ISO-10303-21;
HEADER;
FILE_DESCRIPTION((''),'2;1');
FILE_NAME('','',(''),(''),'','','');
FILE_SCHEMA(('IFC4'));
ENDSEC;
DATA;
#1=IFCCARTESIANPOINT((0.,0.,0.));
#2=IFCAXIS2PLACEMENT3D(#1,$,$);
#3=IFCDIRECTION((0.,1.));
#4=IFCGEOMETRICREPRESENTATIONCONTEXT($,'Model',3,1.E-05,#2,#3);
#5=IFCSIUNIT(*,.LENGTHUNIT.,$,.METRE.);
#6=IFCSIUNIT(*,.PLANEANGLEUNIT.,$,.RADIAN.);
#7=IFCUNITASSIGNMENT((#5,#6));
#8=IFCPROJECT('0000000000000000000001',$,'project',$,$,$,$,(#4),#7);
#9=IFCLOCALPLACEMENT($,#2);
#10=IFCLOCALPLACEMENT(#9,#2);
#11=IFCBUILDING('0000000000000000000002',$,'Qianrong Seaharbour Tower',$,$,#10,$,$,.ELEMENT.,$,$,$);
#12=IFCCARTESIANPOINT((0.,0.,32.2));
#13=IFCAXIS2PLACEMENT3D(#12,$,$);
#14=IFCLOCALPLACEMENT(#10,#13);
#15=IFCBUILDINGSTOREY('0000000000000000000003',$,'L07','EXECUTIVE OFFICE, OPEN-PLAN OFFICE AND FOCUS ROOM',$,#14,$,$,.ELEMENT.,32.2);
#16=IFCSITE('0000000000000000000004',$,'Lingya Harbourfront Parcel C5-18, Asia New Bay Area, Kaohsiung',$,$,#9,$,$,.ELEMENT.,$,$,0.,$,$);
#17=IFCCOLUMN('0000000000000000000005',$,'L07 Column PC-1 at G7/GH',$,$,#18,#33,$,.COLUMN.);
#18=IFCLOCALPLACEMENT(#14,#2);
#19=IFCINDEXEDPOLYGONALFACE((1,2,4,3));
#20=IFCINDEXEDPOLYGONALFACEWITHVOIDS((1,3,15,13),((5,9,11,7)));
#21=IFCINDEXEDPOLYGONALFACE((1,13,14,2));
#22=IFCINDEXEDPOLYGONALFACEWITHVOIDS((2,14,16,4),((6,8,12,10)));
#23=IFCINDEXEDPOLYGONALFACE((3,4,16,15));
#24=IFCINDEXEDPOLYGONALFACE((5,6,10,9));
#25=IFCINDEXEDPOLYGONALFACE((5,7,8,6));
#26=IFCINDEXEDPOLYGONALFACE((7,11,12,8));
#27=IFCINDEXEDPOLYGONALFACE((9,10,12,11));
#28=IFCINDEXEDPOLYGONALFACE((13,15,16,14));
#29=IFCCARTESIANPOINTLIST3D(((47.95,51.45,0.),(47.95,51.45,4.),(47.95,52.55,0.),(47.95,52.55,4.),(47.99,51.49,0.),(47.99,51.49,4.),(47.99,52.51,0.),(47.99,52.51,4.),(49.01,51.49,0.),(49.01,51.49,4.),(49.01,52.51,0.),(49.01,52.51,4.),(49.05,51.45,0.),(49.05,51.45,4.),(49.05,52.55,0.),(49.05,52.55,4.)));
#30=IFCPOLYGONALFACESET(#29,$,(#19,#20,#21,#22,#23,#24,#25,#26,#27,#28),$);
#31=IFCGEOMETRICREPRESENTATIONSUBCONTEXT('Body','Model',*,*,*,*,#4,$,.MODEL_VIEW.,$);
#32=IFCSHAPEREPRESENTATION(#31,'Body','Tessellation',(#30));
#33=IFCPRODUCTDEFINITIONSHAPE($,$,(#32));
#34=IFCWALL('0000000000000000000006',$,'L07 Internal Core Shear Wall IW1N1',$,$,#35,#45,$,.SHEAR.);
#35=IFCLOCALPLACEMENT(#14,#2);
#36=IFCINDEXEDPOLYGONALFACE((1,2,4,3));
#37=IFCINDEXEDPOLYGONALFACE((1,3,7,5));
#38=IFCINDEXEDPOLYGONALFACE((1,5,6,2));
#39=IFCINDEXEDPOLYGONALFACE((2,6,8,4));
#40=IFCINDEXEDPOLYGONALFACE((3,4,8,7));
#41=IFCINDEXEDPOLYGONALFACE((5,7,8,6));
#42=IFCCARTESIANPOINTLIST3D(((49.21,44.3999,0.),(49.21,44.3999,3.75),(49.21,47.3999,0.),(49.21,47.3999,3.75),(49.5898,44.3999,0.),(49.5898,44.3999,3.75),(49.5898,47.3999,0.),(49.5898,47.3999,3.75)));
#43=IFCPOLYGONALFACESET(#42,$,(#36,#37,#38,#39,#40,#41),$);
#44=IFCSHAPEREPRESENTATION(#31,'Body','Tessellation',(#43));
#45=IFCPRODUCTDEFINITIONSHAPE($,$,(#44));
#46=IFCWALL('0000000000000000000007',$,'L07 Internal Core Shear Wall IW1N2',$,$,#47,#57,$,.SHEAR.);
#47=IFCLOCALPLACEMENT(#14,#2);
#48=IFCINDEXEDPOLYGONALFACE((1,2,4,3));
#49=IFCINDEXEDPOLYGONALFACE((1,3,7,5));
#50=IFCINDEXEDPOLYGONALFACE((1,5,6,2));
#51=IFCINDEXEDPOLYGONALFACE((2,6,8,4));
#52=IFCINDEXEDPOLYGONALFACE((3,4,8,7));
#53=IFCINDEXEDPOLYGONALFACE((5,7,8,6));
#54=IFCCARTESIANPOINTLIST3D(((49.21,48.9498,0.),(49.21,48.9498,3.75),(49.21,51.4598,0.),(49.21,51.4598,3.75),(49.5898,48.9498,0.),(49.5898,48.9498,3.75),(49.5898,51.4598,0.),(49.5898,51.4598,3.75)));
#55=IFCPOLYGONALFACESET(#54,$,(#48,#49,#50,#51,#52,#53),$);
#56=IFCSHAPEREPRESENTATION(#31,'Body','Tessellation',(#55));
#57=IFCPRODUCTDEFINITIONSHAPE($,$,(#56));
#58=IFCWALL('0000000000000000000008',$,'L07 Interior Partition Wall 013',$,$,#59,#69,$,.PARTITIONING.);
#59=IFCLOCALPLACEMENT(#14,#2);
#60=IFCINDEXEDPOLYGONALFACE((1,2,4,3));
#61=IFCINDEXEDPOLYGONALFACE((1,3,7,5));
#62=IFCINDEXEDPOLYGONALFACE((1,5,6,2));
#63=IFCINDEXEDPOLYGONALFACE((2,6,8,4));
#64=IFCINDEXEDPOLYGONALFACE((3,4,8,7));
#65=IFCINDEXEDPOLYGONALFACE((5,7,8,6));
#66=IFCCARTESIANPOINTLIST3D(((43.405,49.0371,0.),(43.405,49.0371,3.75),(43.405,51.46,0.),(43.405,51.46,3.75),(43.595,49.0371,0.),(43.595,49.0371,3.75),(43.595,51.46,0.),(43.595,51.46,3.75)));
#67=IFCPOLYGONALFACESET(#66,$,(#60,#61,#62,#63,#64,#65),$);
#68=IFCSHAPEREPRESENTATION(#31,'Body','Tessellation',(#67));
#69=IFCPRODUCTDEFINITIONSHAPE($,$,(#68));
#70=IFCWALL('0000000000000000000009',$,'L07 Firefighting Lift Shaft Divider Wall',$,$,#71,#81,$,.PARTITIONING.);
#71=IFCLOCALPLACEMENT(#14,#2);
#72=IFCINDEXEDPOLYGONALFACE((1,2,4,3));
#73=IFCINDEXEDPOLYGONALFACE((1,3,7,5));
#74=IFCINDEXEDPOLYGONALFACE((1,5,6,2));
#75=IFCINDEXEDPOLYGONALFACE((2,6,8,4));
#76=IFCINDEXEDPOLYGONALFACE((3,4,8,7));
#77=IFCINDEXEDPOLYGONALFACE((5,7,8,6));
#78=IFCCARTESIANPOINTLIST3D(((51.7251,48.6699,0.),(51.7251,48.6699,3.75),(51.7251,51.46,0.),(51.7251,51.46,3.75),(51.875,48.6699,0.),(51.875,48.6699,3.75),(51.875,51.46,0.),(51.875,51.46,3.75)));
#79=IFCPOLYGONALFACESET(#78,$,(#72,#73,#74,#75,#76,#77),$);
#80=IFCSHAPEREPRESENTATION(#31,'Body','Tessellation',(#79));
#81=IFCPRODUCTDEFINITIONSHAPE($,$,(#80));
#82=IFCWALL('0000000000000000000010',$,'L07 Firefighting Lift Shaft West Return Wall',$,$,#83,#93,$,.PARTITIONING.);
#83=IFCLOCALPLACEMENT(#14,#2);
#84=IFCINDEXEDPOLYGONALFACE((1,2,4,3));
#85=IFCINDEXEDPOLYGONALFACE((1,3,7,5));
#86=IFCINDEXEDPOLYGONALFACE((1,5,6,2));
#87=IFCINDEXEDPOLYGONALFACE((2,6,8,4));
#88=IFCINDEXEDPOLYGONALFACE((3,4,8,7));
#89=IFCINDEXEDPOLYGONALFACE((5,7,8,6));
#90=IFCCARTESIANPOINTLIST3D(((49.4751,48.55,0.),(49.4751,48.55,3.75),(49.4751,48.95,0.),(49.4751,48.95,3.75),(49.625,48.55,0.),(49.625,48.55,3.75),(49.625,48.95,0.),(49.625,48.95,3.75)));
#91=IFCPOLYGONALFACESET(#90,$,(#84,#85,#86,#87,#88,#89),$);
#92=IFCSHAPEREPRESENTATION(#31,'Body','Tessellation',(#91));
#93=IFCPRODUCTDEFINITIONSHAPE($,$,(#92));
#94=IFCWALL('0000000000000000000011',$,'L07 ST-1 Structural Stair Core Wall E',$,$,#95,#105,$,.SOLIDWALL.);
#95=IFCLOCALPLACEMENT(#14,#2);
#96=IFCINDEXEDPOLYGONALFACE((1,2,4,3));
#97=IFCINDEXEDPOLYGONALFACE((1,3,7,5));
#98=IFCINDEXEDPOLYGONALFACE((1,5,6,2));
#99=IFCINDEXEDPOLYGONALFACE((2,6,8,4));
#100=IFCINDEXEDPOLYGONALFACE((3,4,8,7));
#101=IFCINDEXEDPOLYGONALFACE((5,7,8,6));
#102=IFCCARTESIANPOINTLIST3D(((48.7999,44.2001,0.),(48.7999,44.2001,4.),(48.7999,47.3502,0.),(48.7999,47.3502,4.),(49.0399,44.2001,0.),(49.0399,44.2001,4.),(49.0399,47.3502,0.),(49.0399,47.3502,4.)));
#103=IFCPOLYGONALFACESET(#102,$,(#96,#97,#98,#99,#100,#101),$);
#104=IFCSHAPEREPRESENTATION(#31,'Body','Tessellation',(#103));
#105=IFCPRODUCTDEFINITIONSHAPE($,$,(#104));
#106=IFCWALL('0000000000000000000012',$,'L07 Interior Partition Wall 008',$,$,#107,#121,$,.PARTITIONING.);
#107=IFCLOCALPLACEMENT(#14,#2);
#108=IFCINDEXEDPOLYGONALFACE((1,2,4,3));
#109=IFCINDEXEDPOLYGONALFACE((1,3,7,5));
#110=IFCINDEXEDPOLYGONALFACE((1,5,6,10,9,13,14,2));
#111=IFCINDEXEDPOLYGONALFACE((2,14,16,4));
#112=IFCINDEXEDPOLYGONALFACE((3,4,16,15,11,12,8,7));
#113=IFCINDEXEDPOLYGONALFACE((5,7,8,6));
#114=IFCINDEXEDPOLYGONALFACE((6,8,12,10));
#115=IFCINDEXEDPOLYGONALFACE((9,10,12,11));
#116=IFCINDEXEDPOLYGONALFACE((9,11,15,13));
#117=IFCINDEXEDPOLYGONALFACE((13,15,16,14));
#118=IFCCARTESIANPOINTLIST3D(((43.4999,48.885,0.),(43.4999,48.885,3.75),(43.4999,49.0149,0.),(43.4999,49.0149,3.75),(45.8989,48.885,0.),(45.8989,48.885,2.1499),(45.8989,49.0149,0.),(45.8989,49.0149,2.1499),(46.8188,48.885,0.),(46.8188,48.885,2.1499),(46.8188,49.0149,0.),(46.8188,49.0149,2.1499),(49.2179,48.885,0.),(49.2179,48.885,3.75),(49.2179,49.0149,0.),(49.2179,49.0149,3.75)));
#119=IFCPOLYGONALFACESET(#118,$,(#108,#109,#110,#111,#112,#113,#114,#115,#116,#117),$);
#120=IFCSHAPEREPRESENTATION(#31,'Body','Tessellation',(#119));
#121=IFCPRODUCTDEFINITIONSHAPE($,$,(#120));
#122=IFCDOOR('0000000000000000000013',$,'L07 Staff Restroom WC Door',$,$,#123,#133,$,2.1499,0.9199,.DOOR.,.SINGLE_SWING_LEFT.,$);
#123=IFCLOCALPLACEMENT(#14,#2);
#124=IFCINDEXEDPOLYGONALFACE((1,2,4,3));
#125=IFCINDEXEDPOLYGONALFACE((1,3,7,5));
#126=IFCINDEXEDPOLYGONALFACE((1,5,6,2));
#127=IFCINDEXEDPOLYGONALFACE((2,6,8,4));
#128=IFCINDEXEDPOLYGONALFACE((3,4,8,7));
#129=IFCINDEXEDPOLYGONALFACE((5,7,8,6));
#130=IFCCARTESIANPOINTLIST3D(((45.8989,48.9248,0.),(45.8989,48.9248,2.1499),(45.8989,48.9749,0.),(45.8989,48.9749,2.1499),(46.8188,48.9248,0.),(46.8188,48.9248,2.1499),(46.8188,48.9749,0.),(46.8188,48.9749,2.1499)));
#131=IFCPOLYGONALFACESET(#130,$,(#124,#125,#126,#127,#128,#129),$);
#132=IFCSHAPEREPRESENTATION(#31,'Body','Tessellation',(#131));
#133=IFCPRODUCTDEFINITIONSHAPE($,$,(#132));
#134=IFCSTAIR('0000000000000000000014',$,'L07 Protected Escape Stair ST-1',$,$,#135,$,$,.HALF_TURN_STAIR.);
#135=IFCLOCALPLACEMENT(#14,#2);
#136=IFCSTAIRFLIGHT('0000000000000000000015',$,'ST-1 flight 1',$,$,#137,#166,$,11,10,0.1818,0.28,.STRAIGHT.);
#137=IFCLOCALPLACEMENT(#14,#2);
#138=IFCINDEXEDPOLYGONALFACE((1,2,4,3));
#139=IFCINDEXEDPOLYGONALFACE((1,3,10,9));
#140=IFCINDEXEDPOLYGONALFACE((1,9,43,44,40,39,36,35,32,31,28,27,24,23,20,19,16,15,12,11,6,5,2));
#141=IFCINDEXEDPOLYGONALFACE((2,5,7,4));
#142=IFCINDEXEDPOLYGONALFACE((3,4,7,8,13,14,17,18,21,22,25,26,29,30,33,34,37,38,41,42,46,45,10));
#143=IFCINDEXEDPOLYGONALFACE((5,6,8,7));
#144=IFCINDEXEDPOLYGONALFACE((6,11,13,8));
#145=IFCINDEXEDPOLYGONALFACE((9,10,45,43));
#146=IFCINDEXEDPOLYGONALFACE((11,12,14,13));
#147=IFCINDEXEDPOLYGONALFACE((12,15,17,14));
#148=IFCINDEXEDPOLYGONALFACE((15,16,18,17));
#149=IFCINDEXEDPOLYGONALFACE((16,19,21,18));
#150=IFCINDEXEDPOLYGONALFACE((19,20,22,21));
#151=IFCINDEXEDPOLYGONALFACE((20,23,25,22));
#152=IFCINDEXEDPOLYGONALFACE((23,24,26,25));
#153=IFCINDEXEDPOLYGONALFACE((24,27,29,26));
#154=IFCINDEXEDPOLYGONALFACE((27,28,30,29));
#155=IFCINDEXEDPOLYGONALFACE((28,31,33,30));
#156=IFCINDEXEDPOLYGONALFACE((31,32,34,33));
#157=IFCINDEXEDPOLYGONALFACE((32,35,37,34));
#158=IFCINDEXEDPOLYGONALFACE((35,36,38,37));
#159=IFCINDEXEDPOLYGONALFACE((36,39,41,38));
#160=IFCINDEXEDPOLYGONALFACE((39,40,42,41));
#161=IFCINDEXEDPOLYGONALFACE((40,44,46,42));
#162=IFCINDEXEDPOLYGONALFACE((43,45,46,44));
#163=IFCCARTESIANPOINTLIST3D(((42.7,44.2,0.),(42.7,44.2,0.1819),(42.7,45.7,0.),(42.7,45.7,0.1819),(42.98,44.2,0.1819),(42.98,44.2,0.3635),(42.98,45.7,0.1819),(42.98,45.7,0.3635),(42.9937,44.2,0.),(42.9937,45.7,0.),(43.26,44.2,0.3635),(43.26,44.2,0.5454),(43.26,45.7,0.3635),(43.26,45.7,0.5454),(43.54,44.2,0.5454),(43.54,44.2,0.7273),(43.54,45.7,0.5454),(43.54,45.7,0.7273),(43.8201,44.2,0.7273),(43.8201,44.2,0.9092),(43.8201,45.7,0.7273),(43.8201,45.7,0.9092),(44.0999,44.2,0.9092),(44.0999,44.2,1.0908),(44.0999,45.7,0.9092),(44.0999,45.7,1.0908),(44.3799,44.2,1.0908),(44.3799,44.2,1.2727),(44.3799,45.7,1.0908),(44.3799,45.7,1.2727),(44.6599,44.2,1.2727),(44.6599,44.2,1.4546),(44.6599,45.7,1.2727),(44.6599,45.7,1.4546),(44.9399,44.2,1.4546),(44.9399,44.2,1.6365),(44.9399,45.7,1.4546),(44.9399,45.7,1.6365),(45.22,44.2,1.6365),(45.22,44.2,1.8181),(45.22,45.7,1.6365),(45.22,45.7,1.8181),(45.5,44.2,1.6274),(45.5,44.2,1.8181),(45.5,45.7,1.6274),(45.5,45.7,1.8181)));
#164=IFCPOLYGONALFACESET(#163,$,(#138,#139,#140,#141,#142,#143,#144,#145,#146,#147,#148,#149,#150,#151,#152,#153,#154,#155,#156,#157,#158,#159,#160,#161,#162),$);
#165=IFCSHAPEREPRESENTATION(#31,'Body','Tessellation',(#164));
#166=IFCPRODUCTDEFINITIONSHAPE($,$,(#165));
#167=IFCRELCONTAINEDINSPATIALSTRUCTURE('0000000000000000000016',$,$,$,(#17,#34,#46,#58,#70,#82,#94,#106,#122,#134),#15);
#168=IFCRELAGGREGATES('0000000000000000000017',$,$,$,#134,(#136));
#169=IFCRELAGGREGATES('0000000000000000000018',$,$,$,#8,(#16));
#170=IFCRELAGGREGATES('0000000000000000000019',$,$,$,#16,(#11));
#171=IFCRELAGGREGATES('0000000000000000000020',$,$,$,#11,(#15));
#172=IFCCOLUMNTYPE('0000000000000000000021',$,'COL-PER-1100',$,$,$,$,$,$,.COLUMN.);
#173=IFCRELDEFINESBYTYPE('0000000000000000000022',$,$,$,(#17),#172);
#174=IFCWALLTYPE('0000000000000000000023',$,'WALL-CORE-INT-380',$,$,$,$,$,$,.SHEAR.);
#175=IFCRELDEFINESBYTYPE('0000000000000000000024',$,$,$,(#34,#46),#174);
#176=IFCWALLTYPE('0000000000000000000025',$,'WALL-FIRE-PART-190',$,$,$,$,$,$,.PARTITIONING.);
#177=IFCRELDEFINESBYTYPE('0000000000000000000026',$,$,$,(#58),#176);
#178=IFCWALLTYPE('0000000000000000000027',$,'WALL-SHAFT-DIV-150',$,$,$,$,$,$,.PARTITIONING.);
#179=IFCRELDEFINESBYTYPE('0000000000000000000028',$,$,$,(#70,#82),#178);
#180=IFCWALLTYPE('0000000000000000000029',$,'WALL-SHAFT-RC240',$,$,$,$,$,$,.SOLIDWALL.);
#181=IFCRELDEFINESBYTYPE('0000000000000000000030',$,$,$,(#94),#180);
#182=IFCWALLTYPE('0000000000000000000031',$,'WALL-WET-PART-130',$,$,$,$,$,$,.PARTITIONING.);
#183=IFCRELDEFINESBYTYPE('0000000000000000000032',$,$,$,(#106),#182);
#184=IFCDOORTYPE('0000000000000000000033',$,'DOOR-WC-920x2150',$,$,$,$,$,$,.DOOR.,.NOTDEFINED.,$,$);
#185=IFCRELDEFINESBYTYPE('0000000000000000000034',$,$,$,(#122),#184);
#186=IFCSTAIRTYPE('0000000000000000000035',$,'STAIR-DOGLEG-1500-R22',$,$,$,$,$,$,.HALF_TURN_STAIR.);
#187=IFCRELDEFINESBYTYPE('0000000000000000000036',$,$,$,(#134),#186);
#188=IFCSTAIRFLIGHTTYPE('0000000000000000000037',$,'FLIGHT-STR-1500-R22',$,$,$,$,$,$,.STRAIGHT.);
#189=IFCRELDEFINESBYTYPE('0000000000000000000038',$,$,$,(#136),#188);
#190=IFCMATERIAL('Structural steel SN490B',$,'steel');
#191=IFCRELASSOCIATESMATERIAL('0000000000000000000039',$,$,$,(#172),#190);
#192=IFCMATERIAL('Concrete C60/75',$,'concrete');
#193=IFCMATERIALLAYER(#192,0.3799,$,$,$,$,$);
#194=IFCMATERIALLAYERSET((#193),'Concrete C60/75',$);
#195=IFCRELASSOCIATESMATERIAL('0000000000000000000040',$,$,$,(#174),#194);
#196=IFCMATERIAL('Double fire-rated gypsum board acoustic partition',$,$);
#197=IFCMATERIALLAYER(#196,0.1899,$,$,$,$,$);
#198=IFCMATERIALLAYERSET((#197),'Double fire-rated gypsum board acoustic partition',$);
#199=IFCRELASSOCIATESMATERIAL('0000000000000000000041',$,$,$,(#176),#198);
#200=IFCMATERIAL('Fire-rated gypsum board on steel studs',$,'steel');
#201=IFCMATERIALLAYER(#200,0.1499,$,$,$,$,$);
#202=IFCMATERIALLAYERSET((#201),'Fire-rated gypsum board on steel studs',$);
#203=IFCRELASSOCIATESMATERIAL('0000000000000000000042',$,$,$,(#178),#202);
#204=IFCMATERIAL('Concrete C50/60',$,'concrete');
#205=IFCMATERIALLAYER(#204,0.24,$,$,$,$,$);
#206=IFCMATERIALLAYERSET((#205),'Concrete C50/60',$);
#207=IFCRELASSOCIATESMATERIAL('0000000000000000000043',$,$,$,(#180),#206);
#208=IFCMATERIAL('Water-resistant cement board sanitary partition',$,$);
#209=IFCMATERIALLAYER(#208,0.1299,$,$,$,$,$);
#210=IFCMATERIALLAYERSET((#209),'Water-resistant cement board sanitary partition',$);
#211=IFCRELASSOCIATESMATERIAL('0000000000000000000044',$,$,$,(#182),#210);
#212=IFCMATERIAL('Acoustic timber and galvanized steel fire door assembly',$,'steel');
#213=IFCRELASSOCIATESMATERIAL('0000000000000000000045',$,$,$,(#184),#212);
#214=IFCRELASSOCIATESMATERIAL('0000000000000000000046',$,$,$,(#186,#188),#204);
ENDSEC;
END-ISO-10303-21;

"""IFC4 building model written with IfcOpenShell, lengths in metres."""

from ifc_helpers import new_model, si_unit, direction, frame, frame_2d, origin, origin_2d, place, context, subcontext, project, spatial, polyline, rectangle, hollow_rectangle, outline, extrude, material, layer, layer_set, material_profile, profile_set, type_object, element, fill, aggregate, save


model = new_model("IFC4")

# Units and contexts
model_context = context("Model", 3, precision=1e-05, world=origin(), true_north=direction((0.0, 1.0)))
body_context = subcontext(model_context, "Body", "Model", "MODEL_VIEW")
ifc_project = project(units=[si_unit("LENGTHUNIT", "METRE"), si_unit("PLANEANGLEUNIT", "RADIAN")], contexts=[model_context])

# Site, building, storey
site_placement = place(None, origin())
site = spatial("IfcSite", under=ifc_project, at=site_placement, Name="Lingya Harbourfront Parcel C5-18, Asia New Bay Area, Kaohsiung", CompositionType="ELEMENT", RefElevation=0.0)
building_placement = place(site_placement, origin())
building = spatial("IfcBuilding", under=site, at=building_placement, Name="Qianrong Seaharbour Tower", CompositionType="ELEMENT")
storey_placement = place(building_placement, frame((0.0, 0.0, 32.2)))
storey = spatial("IfcBuildingStorey", under=building, at=storey_placement, Name="L07", Description="EXECUTIVE OFFICE, OPEN-PLAN OFFICE AND FOCUS ROOM", CompositionType="ELEMENT", Elevation=32.2)

# Column
ifc_material_1 = material(Name="Structural steel SN490B", Category="steel")
ifc_material_profile = material_profile(ifc_material_1, hollow_rectangle(XDim=1.1001, YDim=1.1001, WallThickness=0.04, at=origin_2d()), Name="BOX1100x1100x40")
ifc_profile_set = profile_set([ifc_material_profile], Name="Structural steel SN490B")
column_type = type_object("IfcColumnType", Name="COL-PER-1100", PredefinedType="COLUMN", material=ifc_profile_set)
column_placement = place(storey_placement, frame((48.5, 52.0, 0.0), z_axis=(0.0, 0.0, 1.0), x_axis=(1.0, 0.0, 0.0)))
element("IfcColumn", 1, at=column_placement, inside=storey, type_object=column_type, Name="L07 Column PC-1 at G7/GH", PredefinedType="COLUMN", context=body_context, shape_type="SweptSolid", body=[
    extrude(hollow_rectangle(XDim=1.1001, YDim=1.1001, WallThickness=0.04, at=origin_2d()), origin(), (0.0, 0.0, 1.0), 4.0),
])

# Walls
ifc_material_2 = material(Name="Concrete C60/75", Category="concrete")
ifc_layer_1 = layer(ifc_material_2, 0.3799)
ifc_layer_set_1 = layer_set([ifc_layer_1], Name="Concrete C60/75")
wall_type_1 = type_object("IfcWallType", Name="WALL-CORE-INT-380", PredefinedType="SHEAR", material=ifc_layer_set_1)
wall_1_placement = place(storey_placement, frame((49.3999, 44.3999, 0.0), z_axis=(0.0, 0.0, 1.0), x_axis=(0.0, 1.0, 0.0)))
element("IfcWall", 2, at=wall_1_placement, inside=storey, type_object=wall_type_1, Name="L07 Internal Core Shear Wall IW1N1", PredefinedType="SHEAR", context=body_context, shape_type="SweptSolid", body=[
    extrude(rectangle(XDim=3.0, YDim=0.3799, at=frame_2d((1.5, 0.0))), origin(), (0.0, 0.0, 1.0), 3.75),
])
wall_2_placement = place(storey_placement, frame((49.3999, 48.95, 0.0), z_axis=(0.0, 0.0, 1.0), x_axis=(0.0, 1.0, 0.0)))
element("IfcWall", 3, at=wall_2_placement, inside=storey, type_object=wall_type_1, Name="L07 Internal Core Shear Wall IW1N2", PredefinedType="SHEAR", context=body_context, shape_type="SweptSolid", body=[
    extrude(rectangle(XDim=2.51, YDim=0.3799, at=frame_2d((1.2549, 0.0))), origin(), (0.0, 0.0, 1.0), 3.75),
])
ifc_material_3 = material(Name="Double fire-rated gypsum board acoustic partition")
ifc_layer_2 = layer(ifc_material_3, 0.1899)
ifc_layer_set_2 = layer_set([ifc_layer_2], Name="Double fire-rated gypsum board acoustic partition")
wall_type_2 = type_object("IfcWallType", Name="WALL-FIRE-PART-190", PredefinedType="PARTITIONING", material=ifc_layer_set_2)
wall_3_placement = place(storey_placement, frame((43.5, 51.46, 0.0), z_axis=(0.0, 0.0, 1.0), x_axis=(0.0, -1.0, 0.0)))
element("IfcWall", 4, at=wall_3_placement, inside=storey, type_object=wall_type_2, Name="L07 Interior Partition Wall 013", PredefinedType="PARTITIONING", context=body_context, shape_type="SweptSolid", body=[
    extrude(rectangle(XDim=2.4229, YDim=0.1899, at=frame_2d((1.2114, 0.0))), origin(), (0.0, 0.0, 1.0), 3.75),
])
ifc_material_4 = material(Name="Fire-rated gypsum board on steel studs", Category="steel")
ifc_layer_3 = layer(ifc_material_4, 0.1499)
ifc_layer_set_3 = layer_set([ifc_layer_3], Name="Fire-rated gypsum board on steel studs")
wall_type_3 = type_object("IfcWallType", Name="WALL-SHAFT-DIV-150", PredefinedType="PARTITIONING", material=ifc_layer_set_3)
wall_4_placement = place(storey_placement, frame((51.8, 48.6699, 0.0), z_axis=(0.0, 0.0, 1.0), x_axis=(0.0, 1.0, 0.0)))
element("IfcWall", 5, at=wall_4_placement, inside=storey, type_object=wall_type_3, Name="L07 Firefighting Lift Shaft Divider Wall", PredefinedType="PARTITIONING", context=body_context, shape_type="SweptSolid", body=[
    extrude(rectangle(XDim=2.79, YDim=0.1499, at=frame_2d((1.395, 0.0))), origin(), (0.0, 0.0, 1.0), 3.75),
])
wall_5_placement = place(storey_placement, frame((49.55, 48.55, 0.0), z_axis=(0.0, 0.0, 1.0), x_axis=(0.0, 1.0, 0.0)))
element("IfcWall", 6, at=wall_5_placement, inside=storey, type_object=wall_type_3, Name="L07 Firefighting Lift Shaft West Return Wall", PredefinedType="PARTITIONING", context=body_context, shape_type="SweptSolid", body=[
    extrude(rectangle(XDim=0.3999, YDim=0.1499, at=frame_2d((0.2, 0.0))), origin(), (0.0, 0.0, 1.0), 3.75),
])
ifc_material_5 = material(Name="Concrete C50/60", Category="concrete")
ifc_layer_4 = layer(ifc_material_5, 0.24)
ifc_layer_set_4 = layer_set([ifc_layer_4], Name="Concrete C50/60")
wall_type_4 = type_object("IfcWallType", Name="WALL-SHAFT-RC240", PredefinedType="SOLIDWALL", material=ifc_layer_set_4)
wall_6_placement = place(storey_placement, frame((48.9199, 44.2, 0.0), z_axis=(0.0, 0.0, 1.0), x_axis=(0.0, 1.0, 0.0)))
element("IfcWall", 7, at=wall_6_placement, inside=storey, type_object=wall_type_4, Name="L07 ST-1 Structural Stair Core Wall E", PredefinedType="SOLIDWALL", context=body_context, shape_type="SweptSolid", body=[
    extrude(rectangle(XDim=3.1501, YDim=0.24, at=frame_2d((1.5752, 0.0))), origin(), (0.0, 0.0, 1.0), 4.0),
])

# Wall, opening, door
ifc_material_6 = material(Name="Water-resistant cement board sanitary partition")
ifc_layer_5 = layer(ifc_material_6, 0.1299)
ifc_layer_set_5 = layer_set([ifc_layer_5], Name="Water-resistant cement board sanitary partition")
wall_type_5 = type_object("IfcWallType", Name="WALL-WET-PART-130", PredefinedType="PARTITIONING", material=ifc_layer_set_5)
wall_7_placement = place(storey_placement, frame((43.5, 48.95, 0.0), z_axis=(0.0, 0.0, 1.0), x_axis=(1.0, 0.0, 0.0)))
wall_7 = element("IfcWall", 8, at=wall_7_placement, inside=storey, type_object=wall_type_5, Name="L07 Interior Partition Wall 008", PredefinedType="PARTITIONING", context=body_context, shape_type="SweptSolid", body=[
    extrude(rectangle(XDim=5.718, YDim=0.1299, at=frame_2d((2.8589, 0.0))), origin(), (0.0, 0.0, 1.0), 3.75),
])
opening_placement = place(wall_7_placement, frame((2.3989, 0.0, 0.0)))
opening = element("IfcOpeningElement", 9, at=opening_placement, cuts=wall_7, PredefinedType="OPENING", context=body_context, shape_type="SweptSolid", body=[
    extrude(rectangle(XDim=0.9199, YDim=2.1499, at=frame_2d((0.46, 1.075))), frame((0.0, 0.075, 0.0), z_axis=(0.0, -1.0, 0.0), x_axis=(1.0, 0.0, 0.0)), (0.0, 0.0, 1.0), 0.1499),
])
ifc_material_7 = material(Name="Acoustic timber and galvanized steel fire door assembly", Category="steel")
door_type = type_object("IfcDoorType", Name="DOOR-WC-920x2150", OperationType="NOTDEFINED", PredefinedType="DOOR", material=ifc_material_7)
door_placement = place(opening_placement, origin())
door = element("IfcDoor", 10, at=door_placement, inside=storey, type_object=door_type, Name="L07 Staff Restroom WC Door", OperationType="SINGLE_SWING_LEFT", OverallHeight=2.1499, OverallWidth=0.9199, PredefinedType="DOOR", context=body_context, shape_type="SweptSolid", body=[
    extrude(rectangle(XDim=0.9199, YDim=2.1499, at=frame_2d((0.46, 1.075))), frame((0.0, 0.0249, 0.0), z_axis=(0.0, -1.0, 0.0), x_axis=(1.0, 0.0, 0.0)), (0.0, 0.0, 1.0), 0.05),
])
fill(opening, door)

# Stair, stair flight
stair_type = type_object("IfcStairType", Name="STAIR-DOGLEG-1500-R22", PredefinedType="HALF_TURN_STAIR", material=ifc_material_5)
stair_placement = place(storey_placement, origin())
stair = element("IfcStair", 11, at=stair_placement, inside=storey, type_object=stair_type, Name="L07 Protected Escape Stair ST-1", PredefinedType="HALF_TURN_STAIR")
stair_flight_type = type_object("IfcStairFlightType", Name="FLIGHT-STR-1500-R22", PredefinedType="STRAIGHT", material=ifc_material_5)
stair_flight_1_placement = place(storey_placement, frame((42.7, 44.95, 0.0), z_axis=(0.0, 0.0, 1.0), x_axis=(1.0, 0.0, 0.0)))
stair_flight_1 = element("IfcStairFlight", 12, at=stair_flight_1_placement, type_object=stair_flight_type, Name="ST-1 flight 1", NumberOfRisers=11, NumberOfTreads=10, PredefinedType="STRAIGHT", RiserHeight=0.1818, TreadLength=0.28, context=body_context, shape_type="SweptSolid", body=[
    extrude(outline(polyline([(0.0, 0.0), (0.0, 0.1819), (0.28, 0.1819), (0.28, 0.3635), (0.5601, 0.3635), (0.5601, 0.5454), (0.8401, 0.5454), (0.8401, 0.7273), (1.1201, 0.7273), (1.1201, 0.9092), (1.3999, 0.9092), (1.3999, 1.0908), (1.6799, 1.0908), (1.6799, 1.2727), (1.96, 1.2727), (1.96, 1.4546), (2.24, 1.4546), (2.24, 1.6365), (2.52, 1.6365), (2.52, 1.8181), (2.8, 1.8181), (2.8, 2.0), (2.8, 1.6274), (0.2937, 0.0), (0.0, 0.0)])), frame((0.0, 0.75, 0.0), z_axis=(0.0, -1.0, 0.0), x_axis=(1.0, 0.0, 0.0)), (0.0, 0.0, 1.0), 1.5),
])
aggregate(stair, [stair_flight_1])

save(model, "model.ifc")
